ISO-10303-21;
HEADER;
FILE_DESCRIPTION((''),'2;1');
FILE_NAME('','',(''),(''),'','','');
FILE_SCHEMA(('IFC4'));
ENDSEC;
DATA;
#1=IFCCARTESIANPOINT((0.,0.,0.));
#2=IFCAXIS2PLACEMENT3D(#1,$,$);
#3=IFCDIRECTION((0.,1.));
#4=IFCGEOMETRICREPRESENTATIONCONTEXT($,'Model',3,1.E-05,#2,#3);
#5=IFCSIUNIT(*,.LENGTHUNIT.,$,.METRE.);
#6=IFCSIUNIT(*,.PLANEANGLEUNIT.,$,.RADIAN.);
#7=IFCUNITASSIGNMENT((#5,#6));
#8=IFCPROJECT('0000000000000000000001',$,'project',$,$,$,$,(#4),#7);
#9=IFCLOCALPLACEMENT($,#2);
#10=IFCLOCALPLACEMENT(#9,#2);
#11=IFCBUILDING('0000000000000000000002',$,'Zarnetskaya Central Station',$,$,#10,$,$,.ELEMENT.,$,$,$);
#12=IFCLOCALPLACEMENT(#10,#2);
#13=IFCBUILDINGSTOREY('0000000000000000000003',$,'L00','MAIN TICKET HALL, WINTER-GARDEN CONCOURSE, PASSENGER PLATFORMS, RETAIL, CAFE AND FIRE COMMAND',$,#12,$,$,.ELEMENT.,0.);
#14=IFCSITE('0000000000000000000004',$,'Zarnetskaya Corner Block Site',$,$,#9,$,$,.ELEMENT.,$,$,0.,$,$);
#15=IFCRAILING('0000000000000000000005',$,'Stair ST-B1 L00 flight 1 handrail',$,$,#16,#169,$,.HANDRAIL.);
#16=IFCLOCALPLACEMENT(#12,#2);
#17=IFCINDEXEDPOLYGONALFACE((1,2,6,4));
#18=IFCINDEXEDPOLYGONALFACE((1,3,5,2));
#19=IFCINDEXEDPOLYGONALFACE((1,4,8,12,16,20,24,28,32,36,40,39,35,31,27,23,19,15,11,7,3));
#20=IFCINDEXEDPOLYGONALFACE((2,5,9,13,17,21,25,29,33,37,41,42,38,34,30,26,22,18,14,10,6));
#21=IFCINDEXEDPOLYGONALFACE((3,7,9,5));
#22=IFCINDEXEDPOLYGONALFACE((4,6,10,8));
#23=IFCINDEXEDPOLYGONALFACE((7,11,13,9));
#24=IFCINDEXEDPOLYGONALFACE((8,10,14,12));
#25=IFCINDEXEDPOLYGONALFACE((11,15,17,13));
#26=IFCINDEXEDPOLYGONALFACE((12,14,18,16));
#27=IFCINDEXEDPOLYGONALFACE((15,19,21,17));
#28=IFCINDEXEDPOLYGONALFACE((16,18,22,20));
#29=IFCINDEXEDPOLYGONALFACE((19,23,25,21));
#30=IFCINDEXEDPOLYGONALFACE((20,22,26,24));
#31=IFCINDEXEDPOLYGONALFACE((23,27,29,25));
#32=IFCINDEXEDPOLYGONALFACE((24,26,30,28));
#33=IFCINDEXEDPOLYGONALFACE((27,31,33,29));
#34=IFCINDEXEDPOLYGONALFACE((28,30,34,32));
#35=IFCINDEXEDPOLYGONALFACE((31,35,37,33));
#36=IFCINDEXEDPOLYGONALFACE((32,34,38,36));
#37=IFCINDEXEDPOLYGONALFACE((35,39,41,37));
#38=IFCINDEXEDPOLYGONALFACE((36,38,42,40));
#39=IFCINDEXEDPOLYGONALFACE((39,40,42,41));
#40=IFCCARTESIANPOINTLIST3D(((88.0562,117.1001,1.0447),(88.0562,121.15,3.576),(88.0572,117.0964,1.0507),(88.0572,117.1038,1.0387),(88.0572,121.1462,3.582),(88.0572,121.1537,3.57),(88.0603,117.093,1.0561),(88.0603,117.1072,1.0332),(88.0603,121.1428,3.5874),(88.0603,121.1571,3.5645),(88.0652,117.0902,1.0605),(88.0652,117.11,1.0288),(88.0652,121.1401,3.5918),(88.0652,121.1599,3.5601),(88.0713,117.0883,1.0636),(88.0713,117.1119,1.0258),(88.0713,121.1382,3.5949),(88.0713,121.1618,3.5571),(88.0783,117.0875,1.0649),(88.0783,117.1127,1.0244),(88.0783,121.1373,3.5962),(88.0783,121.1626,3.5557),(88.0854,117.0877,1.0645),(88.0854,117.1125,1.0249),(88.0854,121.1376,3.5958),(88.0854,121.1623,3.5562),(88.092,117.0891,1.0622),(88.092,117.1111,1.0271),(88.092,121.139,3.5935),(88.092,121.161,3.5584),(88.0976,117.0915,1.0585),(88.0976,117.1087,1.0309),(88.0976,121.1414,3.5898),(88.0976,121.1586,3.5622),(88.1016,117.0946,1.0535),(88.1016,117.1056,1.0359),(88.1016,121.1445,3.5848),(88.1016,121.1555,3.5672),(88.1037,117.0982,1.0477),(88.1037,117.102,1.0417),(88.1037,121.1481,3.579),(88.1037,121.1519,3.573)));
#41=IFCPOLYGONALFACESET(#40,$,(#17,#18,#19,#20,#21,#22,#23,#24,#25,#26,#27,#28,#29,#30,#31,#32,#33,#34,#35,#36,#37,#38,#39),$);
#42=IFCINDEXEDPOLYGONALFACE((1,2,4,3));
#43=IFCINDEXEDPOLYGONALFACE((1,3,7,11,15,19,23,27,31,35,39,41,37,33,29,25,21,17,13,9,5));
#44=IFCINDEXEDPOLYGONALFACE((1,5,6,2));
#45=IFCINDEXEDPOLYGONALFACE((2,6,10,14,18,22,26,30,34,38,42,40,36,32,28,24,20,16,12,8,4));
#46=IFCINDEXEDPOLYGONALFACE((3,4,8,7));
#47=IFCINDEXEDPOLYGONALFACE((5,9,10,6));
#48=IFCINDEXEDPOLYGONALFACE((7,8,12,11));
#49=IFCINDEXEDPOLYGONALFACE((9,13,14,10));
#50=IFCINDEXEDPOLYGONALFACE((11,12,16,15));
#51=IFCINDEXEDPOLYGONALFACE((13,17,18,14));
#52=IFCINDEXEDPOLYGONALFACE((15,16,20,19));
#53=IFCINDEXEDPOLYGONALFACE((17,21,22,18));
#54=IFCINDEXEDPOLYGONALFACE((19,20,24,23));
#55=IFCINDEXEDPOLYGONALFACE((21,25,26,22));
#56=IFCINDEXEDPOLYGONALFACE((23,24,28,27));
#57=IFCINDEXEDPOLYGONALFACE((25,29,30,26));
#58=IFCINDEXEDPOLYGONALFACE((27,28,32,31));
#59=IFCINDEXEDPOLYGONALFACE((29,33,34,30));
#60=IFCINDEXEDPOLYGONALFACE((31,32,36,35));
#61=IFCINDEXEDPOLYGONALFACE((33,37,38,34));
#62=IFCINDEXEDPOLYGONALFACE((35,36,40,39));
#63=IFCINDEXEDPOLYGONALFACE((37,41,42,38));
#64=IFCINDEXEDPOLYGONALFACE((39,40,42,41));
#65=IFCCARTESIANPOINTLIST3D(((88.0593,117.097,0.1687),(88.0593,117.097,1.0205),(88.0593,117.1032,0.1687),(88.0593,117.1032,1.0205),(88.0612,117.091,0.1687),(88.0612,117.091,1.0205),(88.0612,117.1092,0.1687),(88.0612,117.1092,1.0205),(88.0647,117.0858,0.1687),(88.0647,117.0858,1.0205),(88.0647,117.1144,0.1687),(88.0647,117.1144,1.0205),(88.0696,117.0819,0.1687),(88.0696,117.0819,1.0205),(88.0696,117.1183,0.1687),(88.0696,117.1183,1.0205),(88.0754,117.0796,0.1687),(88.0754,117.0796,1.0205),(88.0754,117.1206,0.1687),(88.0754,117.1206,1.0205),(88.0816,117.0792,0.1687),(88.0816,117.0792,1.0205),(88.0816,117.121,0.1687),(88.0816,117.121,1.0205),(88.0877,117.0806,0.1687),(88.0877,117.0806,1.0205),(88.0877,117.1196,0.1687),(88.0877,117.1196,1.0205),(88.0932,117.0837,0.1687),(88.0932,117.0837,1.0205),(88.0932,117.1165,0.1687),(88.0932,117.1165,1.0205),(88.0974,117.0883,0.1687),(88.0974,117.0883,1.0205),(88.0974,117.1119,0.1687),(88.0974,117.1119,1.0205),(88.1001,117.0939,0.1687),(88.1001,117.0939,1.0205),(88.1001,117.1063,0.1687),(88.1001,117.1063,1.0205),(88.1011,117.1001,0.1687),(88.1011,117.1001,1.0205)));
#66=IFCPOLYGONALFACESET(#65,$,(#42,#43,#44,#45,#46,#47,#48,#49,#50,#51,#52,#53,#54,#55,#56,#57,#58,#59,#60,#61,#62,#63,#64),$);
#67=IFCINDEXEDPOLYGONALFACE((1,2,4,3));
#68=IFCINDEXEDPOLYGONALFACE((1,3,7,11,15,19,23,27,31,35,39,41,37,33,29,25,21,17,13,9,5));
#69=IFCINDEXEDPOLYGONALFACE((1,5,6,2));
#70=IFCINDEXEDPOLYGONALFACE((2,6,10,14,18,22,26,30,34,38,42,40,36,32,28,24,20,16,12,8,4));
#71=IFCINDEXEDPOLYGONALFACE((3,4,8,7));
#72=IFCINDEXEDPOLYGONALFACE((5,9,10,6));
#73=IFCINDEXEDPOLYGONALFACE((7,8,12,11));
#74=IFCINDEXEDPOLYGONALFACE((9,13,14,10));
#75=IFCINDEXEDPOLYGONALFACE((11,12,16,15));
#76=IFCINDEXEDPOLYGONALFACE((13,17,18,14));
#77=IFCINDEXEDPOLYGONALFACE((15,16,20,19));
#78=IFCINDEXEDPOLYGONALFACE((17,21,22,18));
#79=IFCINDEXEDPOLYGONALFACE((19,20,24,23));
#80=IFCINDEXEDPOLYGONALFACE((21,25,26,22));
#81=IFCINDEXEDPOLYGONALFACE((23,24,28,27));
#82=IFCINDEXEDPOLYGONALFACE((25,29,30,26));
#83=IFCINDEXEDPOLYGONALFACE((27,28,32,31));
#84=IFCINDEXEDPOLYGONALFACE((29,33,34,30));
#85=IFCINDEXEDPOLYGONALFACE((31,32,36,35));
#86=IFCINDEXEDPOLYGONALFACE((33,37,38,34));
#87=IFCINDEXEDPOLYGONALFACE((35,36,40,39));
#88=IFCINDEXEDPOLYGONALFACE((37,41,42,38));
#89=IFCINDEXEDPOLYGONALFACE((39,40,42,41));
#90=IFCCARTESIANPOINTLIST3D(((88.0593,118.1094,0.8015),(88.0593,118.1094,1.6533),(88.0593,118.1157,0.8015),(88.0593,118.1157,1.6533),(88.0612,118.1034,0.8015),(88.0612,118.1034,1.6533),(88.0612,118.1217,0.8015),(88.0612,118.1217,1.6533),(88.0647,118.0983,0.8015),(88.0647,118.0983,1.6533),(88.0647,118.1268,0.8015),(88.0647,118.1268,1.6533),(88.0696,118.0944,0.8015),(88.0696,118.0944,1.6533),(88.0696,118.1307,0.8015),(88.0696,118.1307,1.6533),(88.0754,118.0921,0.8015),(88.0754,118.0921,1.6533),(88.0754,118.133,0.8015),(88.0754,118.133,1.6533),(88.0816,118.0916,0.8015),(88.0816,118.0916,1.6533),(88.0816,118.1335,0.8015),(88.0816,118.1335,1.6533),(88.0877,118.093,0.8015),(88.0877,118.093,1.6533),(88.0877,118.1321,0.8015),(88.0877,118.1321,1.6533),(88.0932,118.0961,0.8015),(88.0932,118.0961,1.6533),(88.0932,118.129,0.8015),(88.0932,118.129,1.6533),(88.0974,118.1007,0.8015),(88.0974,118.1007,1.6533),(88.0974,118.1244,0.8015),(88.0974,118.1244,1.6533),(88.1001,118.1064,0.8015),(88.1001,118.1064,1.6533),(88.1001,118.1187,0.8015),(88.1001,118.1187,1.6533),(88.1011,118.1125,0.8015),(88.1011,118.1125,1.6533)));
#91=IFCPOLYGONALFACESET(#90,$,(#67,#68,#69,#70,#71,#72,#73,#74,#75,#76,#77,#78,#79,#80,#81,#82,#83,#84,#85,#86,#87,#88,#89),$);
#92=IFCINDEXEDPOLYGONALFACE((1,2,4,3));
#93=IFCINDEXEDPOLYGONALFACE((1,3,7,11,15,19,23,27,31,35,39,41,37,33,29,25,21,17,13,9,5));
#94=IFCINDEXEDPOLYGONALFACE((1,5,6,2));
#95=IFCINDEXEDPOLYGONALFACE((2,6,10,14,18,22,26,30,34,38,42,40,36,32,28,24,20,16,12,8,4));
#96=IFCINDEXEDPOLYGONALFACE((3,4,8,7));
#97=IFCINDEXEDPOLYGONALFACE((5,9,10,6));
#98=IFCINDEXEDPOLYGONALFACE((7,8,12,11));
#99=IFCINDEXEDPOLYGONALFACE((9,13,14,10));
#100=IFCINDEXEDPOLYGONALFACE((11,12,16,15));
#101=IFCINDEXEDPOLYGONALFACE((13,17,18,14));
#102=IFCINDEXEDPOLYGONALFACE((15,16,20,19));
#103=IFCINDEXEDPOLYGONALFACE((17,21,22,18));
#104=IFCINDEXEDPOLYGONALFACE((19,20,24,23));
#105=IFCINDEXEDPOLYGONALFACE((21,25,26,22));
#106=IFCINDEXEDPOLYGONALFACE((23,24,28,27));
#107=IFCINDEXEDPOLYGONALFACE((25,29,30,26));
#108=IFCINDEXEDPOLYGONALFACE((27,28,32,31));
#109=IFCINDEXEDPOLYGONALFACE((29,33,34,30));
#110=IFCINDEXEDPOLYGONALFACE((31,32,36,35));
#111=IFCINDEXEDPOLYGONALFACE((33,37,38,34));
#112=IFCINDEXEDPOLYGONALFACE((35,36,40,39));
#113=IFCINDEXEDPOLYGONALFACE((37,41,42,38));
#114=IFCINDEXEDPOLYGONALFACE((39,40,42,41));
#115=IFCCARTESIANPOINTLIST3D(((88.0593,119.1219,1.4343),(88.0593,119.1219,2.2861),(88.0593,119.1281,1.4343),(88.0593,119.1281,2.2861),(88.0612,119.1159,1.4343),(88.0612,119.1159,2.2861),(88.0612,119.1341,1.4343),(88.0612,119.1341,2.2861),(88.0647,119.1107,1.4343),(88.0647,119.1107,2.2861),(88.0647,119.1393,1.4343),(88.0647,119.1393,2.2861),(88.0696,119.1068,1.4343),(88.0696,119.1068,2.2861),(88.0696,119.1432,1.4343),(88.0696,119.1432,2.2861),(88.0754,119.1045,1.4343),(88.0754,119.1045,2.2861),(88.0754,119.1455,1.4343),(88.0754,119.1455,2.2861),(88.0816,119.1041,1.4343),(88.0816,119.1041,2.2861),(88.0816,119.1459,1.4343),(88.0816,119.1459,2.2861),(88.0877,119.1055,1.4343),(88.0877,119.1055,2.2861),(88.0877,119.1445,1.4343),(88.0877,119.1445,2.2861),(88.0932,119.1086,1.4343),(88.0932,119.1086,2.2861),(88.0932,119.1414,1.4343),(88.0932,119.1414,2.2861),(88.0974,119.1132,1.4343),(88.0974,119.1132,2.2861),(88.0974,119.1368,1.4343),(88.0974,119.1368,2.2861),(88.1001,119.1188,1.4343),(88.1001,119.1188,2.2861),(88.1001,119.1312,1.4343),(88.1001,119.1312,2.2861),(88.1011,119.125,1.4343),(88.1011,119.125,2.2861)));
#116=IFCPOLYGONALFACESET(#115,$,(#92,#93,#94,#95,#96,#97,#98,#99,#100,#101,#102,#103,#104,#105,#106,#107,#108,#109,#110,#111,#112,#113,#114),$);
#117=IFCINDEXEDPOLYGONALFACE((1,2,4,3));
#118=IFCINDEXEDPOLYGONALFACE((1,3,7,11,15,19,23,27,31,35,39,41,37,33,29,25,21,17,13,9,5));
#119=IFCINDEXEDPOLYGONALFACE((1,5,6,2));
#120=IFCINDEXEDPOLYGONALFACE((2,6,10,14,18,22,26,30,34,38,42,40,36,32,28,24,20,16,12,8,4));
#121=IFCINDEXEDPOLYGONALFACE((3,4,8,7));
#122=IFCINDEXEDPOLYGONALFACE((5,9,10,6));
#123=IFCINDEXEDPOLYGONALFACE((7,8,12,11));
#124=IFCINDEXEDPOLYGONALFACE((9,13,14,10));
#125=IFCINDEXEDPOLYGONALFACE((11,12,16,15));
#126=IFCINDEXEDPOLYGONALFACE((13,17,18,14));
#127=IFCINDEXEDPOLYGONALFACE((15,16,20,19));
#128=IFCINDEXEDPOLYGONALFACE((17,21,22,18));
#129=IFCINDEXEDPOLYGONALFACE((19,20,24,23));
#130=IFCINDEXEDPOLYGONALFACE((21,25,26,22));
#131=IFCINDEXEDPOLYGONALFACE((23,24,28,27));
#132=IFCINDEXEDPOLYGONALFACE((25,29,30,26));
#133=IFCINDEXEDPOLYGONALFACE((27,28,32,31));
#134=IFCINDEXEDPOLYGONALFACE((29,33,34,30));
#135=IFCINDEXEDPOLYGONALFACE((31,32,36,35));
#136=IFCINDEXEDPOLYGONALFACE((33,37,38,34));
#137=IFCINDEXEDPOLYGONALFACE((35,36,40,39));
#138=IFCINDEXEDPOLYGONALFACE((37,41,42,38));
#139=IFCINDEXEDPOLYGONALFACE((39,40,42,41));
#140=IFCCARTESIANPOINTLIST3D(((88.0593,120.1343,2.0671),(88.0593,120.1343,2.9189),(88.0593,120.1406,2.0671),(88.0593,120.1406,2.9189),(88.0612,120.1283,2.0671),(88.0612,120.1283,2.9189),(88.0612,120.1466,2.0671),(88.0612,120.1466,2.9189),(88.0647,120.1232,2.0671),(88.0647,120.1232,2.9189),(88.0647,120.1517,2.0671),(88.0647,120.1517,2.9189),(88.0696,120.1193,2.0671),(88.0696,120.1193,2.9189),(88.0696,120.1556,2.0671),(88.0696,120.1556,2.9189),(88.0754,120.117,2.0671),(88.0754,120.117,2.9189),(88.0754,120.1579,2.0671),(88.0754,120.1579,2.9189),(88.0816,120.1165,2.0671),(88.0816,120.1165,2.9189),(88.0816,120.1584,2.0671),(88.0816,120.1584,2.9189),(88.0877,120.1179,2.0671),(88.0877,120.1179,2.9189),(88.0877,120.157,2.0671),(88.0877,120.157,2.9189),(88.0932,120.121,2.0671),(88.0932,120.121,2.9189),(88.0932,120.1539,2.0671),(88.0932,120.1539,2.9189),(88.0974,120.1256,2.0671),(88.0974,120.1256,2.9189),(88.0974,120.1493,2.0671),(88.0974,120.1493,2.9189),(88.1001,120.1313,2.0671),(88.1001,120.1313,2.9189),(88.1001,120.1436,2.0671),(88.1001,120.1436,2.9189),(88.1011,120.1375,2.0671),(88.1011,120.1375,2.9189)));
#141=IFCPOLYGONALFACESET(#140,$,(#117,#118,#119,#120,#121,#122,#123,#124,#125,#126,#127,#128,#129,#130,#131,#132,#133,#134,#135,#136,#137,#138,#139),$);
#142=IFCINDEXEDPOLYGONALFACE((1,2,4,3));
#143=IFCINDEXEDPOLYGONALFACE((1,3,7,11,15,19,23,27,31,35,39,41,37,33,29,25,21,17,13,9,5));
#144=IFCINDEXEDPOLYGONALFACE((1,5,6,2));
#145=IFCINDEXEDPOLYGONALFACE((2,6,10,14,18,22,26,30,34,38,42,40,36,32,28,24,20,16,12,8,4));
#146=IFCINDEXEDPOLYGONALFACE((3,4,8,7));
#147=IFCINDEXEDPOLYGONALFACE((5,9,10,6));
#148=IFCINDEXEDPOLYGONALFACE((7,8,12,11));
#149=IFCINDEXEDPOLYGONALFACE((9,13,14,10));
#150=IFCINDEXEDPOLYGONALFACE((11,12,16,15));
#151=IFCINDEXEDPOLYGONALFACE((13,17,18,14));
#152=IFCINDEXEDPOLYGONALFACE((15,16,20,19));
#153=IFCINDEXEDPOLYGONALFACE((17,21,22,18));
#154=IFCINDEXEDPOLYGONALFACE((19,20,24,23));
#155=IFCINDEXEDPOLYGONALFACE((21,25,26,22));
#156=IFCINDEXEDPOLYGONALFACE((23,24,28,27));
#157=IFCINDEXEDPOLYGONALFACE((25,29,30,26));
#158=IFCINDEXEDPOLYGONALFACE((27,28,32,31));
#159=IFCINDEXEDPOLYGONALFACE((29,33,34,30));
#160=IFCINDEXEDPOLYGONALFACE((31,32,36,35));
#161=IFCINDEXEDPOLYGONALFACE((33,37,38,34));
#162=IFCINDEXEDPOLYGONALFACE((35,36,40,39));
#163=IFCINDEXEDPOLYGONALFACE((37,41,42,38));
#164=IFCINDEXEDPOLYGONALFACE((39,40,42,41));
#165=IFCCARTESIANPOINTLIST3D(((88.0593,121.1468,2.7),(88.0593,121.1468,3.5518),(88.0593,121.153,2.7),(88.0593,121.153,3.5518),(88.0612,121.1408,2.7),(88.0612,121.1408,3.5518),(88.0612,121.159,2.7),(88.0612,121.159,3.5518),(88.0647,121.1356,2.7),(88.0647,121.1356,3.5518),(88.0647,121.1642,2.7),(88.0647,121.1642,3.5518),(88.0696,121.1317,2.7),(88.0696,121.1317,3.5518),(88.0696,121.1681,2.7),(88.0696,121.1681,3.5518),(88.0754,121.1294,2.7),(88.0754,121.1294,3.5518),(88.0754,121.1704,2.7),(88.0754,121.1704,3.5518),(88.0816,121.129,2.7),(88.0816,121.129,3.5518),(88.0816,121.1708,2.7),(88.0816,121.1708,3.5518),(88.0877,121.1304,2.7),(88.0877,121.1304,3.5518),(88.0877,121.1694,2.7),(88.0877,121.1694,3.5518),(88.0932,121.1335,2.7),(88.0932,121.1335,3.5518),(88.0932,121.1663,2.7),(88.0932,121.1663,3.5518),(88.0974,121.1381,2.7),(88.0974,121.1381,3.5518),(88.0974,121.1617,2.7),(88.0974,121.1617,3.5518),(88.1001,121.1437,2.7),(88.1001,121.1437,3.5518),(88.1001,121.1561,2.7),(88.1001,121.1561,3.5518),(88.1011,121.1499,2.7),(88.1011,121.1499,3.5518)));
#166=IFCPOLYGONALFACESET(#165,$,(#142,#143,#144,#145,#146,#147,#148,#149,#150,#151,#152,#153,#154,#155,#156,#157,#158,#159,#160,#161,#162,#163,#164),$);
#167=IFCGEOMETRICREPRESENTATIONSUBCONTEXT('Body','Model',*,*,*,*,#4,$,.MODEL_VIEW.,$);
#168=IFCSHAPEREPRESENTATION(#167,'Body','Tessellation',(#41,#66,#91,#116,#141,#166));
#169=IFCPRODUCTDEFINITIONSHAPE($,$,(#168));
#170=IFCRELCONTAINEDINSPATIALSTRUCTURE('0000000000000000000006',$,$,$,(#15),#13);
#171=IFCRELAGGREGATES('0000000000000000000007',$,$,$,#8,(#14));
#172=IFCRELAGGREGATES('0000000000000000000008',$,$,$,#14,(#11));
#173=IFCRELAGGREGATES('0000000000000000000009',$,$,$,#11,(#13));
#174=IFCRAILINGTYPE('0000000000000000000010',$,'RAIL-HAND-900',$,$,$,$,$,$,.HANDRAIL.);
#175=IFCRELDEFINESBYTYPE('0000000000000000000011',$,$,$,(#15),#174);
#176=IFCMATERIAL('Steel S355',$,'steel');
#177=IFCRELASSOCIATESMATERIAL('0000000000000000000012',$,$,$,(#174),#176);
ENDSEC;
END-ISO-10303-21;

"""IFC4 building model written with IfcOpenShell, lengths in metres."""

from ifc_helpers import new_model, si_unit, direction, frame, origin, origin_2d, place, context, subcontext, project, spatial, circle, extrude, material, type_object, element, save


model = new_model("IFC4")

# Units and contexts
model_context = context("Model", 3, precision=1e-05, world=origin(), true_north=direction((0.0, 1.0)))
body_context = subcontext(model_context, "Body", "Model", "MODEL_VIEW")
ifc_project = project(units=[si_unit("LENGTHUNIT", "METRE"), si_unit("PLANEANGLEUNIT", "RADIAN")], contexts=[model_context])

# Site, building, storey
site_placement = place(None, origin())
site = spatial("IfcSite", under=ifc_project, at=site_placement, Name="Zarnetskaya Corner Block Site", CompositionType="ELEMENT", RefElevation=0.0)
building_placement = place(site_placement, origin())
building = spatial("IfcBuilding", under=site, at=building_placement, Name="Zarnetskaya Central Station", CompositionType="ELEMENT")
storey_placement = place(building_placement, origin())
storey = spatial("IfcBuildingStorey", under=building, at=storey_placement, Name="L00", Description="MAIN TICKET HALL, WINTER-GARDEN CONCOURSE, PASSENGER PLATFORMS, RETAIL, CAFE AND FIRE COMMAND", CompositionType="ELEMENT", Elevation=0.0)

# Shared definitions
ifc_material_1 = material(Name="Steel S355", Category="steel")

# Railing
railing_type_1 = type_object("IfcRailingType", Name="RAIL-HAND-900", PredefinedType="HANDRAIL", material=ifc_material_1)
railing_1_placement = place(storey_placement, frame((88.0801, 117.1001, 0.1687)))
element("IfcRailing", 1, at=railing_1_placement, inside=storey, type_object=railing_type_1, Name="Stair ST-B1 L00 flight 1 handrail", PredefinedType="HANDRAIL", context=body_context, shape_type="SweptSolid", body=[
    extrude(circle(Radius=0.0239, at=origin_2d()), frame((0.0, 0.0, 0.876), z_axis=(0.0, 0.847987, 0.530017), x_axis=(-1.0, 0.0, 0.0)), (0.0, 0.0, 1.0), 4.7759),
    extrude(circle(Radius=0.021, at=origin_2d()), origin(), (0.0, 0.0, 1.0), 0.8518),
    extrude(circle(Radius=0.021, at=origin_2d()), frame((0.0, 1.0125, 0.6328)), (0.0, 0.0, 1.0), 0.8518),
    extrude(circle(Radius=0.021, at=origin_2d()), frame((0.0, 2.0249, 1.2656)), (0.0, 0.0, 1.0), 0.8518),
    extrude(circle(Radius=0.021, at=origin_2d()), frame((0.0, 3.0374, 1.8984)), (0.0, 0.0, 1.0), 0.8518),
    extrude(circle(Radius=0.021, at=origin_2d()), frame((0.0, 4.0498, 2.5312)), (0.0, 0.0, 1.0), 0.8518),
])

save(model, "model.ifc")
